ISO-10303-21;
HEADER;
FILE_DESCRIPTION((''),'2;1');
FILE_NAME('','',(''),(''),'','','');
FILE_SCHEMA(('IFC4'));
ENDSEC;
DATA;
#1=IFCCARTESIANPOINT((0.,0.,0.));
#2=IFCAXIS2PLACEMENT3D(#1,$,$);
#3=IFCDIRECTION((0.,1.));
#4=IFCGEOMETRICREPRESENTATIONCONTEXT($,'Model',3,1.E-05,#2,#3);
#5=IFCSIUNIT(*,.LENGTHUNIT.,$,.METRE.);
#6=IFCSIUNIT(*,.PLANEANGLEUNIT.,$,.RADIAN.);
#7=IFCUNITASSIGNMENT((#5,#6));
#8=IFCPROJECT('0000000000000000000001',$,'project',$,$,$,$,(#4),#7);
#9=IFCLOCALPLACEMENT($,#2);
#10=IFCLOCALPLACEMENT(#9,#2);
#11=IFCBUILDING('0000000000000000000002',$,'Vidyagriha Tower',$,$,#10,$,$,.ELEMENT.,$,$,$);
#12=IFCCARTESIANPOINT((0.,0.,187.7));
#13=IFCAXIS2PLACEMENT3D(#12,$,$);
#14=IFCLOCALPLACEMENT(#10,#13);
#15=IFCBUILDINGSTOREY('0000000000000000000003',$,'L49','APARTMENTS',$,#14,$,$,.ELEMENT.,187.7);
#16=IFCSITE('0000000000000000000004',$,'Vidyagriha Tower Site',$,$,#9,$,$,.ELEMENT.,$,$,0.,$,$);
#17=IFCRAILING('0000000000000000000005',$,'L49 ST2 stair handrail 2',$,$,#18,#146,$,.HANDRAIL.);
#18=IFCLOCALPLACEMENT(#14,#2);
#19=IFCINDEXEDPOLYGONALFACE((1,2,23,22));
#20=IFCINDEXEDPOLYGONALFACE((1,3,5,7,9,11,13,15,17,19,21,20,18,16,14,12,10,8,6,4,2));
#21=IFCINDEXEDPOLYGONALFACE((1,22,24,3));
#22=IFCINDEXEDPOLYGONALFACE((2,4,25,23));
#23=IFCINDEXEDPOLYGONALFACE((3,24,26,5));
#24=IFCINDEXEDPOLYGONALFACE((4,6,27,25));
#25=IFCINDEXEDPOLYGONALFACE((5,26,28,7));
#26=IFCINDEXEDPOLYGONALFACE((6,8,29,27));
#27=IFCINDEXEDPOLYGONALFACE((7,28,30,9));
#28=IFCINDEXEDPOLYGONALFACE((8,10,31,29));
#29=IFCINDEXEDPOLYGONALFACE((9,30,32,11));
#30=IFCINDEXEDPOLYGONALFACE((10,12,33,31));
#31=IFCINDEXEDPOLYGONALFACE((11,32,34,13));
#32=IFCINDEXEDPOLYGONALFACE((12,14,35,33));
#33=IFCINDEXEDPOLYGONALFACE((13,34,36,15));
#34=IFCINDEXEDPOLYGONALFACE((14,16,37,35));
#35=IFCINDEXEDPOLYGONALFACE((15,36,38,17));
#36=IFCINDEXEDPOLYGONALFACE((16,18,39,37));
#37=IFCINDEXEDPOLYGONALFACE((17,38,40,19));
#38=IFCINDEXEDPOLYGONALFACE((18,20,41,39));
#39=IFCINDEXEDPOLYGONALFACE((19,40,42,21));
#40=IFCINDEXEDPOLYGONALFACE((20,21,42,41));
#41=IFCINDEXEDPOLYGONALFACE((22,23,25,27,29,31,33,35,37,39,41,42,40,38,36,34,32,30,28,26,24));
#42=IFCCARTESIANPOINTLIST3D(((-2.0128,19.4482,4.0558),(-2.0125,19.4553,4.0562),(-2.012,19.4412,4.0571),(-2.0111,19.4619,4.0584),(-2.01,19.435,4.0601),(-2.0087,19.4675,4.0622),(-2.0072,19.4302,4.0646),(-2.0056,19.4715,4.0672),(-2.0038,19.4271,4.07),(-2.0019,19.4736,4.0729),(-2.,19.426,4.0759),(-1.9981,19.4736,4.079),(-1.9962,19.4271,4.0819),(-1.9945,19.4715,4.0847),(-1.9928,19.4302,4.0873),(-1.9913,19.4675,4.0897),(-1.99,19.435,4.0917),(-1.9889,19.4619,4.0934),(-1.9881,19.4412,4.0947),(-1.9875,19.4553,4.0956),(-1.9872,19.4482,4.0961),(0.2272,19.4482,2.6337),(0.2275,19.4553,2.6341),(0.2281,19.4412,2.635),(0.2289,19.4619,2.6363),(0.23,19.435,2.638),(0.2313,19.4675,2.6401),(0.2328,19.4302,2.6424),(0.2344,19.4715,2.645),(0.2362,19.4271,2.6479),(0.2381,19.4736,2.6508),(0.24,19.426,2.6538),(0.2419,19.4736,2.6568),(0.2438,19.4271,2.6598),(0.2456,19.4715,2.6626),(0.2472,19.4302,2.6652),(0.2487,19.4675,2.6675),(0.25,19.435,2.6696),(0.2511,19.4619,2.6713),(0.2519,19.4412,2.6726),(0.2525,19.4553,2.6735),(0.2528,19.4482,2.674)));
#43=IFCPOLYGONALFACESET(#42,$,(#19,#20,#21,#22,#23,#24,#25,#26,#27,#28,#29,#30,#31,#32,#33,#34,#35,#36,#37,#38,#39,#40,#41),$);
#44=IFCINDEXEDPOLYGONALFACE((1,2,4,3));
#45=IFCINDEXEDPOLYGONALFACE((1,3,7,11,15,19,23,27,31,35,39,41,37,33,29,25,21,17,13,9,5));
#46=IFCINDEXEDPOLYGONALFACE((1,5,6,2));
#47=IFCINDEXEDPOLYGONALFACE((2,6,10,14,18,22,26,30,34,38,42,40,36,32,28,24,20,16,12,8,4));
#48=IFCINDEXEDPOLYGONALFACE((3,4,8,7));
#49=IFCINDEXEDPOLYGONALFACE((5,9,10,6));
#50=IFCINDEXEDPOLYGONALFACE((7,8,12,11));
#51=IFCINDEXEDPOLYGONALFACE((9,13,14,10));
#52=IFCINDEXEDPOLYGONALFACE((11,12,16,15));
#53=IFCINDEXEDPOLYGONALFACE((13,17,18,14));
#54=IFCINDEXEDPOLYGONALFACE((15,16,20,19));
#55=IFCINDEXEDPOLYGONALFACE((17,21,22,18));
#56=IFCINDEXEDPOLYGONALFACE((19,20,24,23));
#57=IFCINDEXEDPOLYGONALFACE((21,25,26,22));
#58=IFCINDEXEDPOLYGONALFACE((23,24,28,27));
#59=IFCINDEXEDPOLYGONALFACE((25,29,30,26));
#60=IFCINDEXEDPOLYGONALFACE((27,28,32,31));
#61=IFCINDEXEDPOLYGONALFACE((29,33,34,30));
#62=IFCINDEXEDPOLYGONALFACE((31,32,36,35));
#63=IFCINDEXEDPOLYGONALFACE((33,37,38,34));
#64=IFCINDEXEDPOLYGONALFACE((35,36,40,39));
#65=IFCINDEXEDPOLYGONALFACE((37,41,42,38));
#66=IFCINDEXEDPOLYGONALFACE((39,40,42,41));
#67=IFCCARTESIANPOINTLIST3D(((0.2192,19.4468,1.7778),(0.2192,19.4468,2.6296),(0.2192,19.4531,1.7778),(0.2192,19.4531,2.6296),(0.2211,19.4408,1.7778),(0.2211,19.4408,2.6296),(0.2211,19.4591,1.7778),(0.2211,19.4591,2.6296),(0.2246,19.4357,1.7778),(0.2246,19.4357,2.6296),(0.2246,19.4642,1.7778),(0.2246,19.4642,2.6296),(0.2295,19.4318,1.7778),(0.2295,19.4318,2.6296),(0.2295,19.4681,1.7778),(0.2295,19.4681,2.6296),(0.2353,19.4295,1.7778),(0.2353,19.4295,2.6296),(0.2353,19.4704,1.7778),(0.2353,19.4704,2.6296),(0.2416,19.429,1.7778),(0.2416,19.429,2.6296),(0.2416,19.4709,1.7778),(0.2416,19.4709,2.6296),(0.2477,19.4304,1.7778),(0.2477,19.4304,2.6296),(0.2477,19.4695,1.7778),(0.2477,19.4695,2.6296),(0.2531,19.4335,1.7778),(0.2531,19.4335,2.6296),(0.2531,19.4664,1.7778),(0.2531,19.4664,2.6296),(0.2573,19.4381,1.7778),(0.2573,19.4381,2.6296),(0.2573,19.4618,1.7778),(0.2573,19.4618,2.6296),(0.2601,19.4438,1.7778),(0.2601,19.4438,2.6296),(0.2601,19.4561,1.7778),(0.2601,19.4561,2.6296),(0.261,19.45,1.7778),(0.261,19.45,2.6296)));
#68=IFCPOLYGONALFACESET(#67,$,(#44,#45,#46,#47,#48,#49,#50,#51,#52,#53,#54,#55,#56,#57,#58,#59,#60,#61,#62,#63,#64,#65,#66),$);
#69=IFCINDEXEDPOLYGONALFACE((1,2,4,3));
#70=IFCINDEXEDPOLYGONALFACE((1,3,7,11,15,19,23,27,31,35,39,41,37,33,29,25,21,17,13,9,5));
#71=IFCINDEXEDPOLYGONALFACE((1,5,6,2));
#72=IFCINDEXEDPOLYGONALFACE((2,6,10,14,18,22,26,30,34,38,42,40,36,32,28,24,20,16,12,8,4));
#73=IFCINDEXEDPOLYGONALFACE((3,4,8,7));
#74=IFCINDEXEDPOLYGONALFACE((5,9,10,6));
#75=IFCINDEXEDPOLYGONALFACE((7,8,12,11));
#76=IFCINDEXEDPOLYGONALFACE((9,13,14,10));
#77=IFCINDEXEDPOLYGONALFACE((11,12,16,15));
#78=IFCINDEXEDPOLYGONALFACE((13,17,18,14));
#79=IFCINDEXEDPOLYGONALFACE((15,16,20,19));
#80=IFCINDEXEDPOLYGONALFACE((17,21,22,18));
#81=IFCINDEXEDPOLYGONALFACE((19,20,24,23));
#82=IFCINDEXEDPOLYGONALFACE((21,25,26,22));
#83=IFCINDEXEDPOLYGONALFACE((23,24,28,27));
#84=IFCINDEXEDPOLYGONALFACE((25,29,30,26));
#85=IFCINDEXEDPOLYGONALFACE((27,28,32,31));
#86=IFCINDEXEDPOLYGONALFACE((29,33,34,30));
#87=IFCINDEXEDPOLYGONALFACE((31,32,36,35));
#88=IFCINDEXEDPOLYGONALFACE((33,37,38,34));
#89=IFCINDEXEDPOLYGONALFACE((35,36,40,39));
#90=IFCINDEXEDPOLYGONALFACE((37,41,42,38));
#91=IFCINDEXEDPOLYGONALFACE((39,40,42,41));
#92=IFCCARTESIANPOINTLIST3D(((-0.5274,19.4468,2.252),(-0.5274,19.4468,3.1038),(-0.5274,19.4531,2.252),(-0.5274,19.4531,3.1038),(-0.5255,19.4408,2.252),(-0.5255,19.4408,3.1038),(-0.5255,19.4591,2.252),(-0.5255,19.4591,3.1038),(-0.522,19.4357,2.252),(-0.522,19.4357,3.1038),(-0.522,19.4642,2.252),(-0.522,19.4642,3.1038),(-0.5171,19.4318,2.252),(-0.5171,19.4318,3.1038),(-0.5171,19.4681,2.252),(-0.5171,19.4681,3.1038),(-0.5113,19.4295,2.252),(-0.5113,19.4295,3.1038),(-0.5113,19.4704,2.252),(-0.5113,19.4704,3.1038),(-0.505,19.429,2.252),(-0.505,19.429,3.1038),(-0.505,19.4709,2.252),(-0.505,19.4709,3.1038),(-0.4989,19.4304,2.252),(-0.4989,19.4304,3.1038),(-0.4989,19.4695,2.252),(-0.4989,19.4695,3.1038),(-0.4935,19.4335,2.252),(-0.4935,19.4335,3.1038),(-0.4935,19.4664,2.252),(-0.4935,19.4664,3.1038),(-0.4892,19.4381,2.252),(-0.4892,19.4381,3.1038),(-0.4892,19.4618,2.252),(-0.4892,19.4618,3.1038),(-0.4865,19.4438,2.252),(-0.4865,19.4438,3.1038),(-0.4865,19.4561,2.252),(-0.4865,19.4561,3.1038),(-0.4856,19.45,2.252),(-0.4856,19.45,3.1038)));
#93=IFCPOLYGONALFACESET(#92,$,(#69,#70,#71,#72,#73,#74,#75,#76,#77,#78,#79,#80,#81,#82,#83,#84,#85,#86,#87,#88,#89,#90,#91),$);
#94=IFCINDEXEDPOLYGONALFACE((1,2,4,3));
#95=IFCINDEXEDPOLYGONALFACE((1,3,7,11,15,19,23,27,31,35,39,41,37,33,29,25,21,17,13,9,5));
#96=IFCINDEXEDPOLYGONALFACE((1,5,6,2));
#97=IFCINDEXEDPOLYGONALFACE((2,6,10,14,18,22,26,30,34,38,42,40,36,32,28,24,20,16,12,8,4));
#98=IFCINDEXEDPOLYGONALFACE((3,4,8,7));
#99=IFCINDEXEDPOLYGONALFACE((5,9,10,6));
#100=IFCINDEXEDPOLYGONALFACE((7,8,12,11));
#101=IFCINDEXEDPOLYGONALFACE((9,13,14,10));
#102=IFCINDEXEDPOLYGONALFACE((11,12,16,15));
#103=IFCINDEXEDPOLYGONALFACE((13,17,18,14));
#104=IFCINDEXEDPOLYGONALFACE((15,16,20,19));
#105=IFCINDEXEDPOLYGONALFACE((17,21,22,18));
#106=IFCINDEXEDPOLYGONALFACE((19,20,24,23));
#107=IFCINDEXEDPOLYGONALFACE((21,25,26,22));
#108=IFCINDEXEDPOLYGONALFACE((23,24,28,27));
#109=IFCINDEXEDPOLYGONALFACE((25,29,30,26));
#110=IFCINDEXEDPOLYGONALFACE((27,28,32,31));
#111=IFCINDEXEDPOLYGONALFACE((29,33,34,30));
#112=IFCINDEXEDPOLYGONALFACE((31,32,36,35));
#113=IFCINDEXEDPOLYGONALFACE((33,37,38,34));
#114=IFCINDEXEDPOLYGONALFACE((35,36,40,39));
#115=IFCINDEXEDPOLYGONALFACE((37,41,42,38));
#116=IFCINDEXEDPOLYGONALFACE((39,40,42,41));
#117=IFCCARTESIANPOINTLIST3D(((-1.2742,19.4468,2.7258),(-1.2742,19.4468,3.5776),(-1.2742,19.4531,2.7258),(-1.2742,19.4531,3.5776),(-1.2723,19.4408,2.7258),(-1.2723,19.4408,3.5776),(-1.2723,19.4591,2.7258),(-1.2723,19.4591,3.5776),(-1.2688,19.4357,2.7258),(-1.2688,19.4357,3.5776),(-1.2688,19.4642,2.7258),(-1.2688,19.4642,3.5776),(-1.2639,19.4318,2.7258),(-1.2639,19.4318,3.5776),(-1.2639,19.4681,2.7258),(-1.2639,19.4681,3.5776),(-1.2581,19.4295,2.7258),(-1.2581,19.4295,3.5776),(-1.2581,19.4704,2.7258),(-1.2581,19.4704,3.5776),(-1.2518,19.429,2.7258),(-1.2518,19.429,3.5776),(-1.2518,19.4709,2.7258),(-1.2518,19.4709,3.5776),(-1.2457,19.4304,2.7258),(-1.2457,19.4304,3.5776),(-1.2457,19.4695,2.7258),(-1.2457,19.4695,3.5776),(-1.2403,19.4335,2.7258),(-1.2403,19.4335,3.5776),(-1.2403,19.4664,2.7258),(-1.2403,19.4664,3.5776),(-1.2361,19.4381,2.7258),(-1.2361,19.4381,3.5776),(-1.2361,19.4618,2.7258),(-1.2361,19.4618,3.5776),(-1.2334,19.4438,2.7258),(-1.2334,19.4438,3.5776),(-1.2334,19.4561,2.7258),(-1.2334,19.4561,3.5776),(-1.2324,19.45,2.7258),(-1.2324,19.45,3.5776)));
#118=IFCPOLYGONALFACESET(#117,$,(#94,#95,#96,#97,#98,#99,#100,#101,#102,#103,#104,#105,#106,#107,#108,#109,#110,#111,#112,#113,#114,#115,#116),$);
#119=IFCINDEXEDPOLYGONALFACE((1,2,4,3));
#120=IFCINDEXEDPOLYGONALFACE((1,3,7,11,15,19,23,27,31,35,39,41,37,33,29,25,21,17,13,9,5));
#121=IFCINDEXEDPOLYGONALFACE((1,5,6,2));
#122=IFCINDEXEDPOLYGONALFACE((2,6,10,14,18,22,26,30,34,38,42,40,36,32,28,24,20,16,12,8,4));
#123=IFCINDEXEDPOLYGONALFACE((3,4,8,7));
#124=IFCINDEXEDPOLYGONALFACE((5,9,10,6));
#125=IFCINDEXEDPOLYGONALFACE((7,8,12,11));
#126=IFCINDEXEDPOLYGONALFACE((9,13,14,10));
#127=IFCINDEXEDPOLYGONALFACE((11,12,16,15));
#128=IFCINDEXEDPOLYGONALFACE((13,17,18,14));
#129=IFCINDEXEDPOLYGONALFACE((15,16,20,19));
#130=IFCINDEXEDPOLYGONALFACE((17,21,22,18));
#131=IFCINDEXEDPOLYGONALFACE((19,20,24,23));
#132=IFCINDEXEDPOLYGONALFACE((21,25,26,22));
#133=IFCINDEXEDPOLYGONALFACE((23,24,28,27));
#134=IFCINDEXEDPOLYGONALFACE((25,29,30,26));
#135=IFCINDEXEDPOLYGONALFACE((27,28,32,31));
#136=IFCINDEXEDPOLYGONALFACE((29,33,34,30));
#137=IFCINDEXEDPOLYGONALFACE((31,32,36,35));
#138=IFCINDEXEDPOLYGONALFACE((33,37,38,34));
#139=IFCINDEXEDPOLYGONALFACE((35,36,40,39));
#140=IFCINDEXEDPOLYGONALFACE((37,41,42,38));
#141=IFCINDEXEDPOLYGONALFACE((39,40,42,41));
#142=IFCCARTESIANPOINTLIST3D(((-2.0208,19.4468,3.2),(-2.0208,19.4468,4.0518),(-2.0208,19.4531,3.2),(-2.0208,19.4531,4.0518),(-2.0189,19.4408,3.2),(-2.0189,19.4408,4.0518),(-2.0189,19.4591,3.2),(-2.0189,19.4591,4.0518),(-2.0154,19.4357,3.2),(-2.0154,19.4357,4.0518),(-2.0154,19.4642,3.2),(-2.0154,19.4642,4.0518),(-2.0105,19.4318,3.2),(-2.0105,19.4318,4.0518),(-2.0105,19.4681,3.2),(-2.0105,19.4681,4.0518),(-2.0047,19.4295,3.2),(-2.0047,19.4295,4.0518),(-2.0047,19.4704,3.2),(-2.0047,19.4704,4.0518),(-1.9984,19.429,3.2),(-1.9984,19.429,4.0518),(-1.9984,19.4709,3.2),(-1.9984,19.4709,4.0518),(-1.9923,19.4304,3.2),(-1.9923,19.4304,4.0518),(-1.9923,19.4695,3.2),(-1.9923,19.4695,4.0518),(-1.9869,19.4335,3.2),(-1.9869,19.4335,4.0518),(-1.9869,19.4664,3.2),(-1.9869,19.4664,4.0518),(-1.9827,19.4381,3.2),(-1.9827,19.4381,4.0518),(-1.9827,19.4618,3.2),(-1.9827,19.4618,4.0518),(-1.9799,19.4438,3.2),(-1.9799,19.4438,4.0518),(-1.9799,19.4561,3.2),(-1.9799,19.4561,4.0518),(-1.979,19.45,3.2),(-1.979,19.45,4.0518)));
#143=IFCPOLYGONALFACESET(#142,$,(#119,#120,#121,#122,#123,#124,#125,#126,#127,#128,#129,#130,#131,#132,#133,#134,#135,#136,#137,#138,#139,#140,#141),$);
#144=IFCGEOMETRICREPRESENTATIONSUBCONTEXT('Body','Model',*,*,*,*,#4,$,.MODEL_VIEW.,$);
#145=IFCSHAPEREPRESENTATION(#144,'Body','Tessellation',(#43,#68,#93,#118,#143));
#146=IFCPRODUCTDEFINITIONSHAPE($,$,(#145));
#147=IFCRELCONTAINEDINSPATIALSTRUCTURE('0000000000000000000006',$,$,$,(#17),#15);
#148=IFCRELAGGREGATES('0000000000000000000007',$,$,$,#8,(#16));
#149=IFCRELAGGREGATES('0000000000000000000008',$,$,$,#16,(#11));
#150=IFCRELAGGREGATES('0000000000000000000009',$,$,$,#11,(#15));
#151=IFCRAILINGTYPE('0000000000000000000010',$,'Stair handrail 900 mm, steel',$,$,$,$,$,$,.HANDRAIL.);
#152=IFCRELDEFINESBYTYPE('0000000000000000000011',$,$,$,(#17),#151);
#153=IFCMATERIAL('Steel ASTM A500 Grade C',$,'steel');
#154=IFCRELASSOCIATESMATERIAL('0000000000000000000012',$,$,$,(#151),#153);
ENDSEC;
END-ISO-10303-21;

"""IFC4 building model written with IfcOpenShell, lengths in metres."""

from ifc_helpers import new_model, si_unit, direction, frame, origin, origin_2d, place, context, subcontext, project, spatial, circle, extrude, material, type_object, element, save


model = new_model("IFC4")

# Units and contexts
model_context = context("Model", 3, precision=1e-05, world=origin(), true_north=direction((0.0, 1.0)))
body_context = subcontext(model_context, "Body", "Model", "MODEL_VIEW")
ifc_project = project(units=[si_unit("LENGTHUNIT", "METRE"), si_unit("PLANEANGLEUNIT", "RADIAN")], contexts=[model_context])

# Site, building, storey
site_placement = place(None, origin())
site = spatial("IfcSite", under=ifc_project, at=site_placement, Name="Vidyagriha Tower Site", CompositionType="ELEMENT", RefElevation=0.0)
building_placement = place(site_placement, origin())
building = spatial("IfcBuilding", under=site, at=building_placement, Name="Vidyagriha Tower", CompositionType="ELEMENT")
storey_placement = place(building_placement, frame((0.0, 0.0, 187.7)))
storey = spatial("IfcBuildingStorey", under=building, at=storey_placement, Name="L49", Description="APARTMENTS", CompositionType="ELEMENT", Elevation=187.7)

# Railing
ifc_material_1 = material(Name="Steel ASTM A500 Grade C", Category="steel")
railing_type_1 = type_object("IfcRailingType", Name="Stair handrail 900 mm, steel", PredefinedType="HANDRAIL", material=ifc_material_1)
railing_1_placement = place(storey_placement, frame((0.24, 19.45, 1.7778)))
element("IfcRailing", 1, at=railing_1_placement, inside=storey, type_object=railing_type_1, Name="L49 ST2 stair handrail 2", PredefinedType="HANDRAIL", context=body_context, shape_type="SweptSolid", body=[
    extrude(circle(Radius=0.0239, at=origin_2d()), frame((0.0, 0.0, 0.876), z_axis=(-0.844229, 0.0, 0.535982), x_axis=(0.0, -1.0, 0.0)), (0.0, 0.0, 1.0), 2.6533),
    extrude(circle(Radius=0.021, at=origin_2d()), origin(), (0.0, 0.0, 1.0), 0.8518),
    extrude(circle(Radius=0.021, at=origin_2d()), frame((-0.7466, 0.0, 0.4741)), (0.0, 0.0, 1.0), 0.8518),
    extrude(circle(Radius=0.021, at=origin_2d()), frame((-1.4934, 0.0, 0.948)), (0.0, 0.0, 1.0), 0.8518),
    extrude(circle(Radius=0.021, at=origin_2d()), frame((-2.24, 0.0, 1.4221)), (0.0, 0.0, 1.0), 0.8518),
])

save(model, "model.ifc")
